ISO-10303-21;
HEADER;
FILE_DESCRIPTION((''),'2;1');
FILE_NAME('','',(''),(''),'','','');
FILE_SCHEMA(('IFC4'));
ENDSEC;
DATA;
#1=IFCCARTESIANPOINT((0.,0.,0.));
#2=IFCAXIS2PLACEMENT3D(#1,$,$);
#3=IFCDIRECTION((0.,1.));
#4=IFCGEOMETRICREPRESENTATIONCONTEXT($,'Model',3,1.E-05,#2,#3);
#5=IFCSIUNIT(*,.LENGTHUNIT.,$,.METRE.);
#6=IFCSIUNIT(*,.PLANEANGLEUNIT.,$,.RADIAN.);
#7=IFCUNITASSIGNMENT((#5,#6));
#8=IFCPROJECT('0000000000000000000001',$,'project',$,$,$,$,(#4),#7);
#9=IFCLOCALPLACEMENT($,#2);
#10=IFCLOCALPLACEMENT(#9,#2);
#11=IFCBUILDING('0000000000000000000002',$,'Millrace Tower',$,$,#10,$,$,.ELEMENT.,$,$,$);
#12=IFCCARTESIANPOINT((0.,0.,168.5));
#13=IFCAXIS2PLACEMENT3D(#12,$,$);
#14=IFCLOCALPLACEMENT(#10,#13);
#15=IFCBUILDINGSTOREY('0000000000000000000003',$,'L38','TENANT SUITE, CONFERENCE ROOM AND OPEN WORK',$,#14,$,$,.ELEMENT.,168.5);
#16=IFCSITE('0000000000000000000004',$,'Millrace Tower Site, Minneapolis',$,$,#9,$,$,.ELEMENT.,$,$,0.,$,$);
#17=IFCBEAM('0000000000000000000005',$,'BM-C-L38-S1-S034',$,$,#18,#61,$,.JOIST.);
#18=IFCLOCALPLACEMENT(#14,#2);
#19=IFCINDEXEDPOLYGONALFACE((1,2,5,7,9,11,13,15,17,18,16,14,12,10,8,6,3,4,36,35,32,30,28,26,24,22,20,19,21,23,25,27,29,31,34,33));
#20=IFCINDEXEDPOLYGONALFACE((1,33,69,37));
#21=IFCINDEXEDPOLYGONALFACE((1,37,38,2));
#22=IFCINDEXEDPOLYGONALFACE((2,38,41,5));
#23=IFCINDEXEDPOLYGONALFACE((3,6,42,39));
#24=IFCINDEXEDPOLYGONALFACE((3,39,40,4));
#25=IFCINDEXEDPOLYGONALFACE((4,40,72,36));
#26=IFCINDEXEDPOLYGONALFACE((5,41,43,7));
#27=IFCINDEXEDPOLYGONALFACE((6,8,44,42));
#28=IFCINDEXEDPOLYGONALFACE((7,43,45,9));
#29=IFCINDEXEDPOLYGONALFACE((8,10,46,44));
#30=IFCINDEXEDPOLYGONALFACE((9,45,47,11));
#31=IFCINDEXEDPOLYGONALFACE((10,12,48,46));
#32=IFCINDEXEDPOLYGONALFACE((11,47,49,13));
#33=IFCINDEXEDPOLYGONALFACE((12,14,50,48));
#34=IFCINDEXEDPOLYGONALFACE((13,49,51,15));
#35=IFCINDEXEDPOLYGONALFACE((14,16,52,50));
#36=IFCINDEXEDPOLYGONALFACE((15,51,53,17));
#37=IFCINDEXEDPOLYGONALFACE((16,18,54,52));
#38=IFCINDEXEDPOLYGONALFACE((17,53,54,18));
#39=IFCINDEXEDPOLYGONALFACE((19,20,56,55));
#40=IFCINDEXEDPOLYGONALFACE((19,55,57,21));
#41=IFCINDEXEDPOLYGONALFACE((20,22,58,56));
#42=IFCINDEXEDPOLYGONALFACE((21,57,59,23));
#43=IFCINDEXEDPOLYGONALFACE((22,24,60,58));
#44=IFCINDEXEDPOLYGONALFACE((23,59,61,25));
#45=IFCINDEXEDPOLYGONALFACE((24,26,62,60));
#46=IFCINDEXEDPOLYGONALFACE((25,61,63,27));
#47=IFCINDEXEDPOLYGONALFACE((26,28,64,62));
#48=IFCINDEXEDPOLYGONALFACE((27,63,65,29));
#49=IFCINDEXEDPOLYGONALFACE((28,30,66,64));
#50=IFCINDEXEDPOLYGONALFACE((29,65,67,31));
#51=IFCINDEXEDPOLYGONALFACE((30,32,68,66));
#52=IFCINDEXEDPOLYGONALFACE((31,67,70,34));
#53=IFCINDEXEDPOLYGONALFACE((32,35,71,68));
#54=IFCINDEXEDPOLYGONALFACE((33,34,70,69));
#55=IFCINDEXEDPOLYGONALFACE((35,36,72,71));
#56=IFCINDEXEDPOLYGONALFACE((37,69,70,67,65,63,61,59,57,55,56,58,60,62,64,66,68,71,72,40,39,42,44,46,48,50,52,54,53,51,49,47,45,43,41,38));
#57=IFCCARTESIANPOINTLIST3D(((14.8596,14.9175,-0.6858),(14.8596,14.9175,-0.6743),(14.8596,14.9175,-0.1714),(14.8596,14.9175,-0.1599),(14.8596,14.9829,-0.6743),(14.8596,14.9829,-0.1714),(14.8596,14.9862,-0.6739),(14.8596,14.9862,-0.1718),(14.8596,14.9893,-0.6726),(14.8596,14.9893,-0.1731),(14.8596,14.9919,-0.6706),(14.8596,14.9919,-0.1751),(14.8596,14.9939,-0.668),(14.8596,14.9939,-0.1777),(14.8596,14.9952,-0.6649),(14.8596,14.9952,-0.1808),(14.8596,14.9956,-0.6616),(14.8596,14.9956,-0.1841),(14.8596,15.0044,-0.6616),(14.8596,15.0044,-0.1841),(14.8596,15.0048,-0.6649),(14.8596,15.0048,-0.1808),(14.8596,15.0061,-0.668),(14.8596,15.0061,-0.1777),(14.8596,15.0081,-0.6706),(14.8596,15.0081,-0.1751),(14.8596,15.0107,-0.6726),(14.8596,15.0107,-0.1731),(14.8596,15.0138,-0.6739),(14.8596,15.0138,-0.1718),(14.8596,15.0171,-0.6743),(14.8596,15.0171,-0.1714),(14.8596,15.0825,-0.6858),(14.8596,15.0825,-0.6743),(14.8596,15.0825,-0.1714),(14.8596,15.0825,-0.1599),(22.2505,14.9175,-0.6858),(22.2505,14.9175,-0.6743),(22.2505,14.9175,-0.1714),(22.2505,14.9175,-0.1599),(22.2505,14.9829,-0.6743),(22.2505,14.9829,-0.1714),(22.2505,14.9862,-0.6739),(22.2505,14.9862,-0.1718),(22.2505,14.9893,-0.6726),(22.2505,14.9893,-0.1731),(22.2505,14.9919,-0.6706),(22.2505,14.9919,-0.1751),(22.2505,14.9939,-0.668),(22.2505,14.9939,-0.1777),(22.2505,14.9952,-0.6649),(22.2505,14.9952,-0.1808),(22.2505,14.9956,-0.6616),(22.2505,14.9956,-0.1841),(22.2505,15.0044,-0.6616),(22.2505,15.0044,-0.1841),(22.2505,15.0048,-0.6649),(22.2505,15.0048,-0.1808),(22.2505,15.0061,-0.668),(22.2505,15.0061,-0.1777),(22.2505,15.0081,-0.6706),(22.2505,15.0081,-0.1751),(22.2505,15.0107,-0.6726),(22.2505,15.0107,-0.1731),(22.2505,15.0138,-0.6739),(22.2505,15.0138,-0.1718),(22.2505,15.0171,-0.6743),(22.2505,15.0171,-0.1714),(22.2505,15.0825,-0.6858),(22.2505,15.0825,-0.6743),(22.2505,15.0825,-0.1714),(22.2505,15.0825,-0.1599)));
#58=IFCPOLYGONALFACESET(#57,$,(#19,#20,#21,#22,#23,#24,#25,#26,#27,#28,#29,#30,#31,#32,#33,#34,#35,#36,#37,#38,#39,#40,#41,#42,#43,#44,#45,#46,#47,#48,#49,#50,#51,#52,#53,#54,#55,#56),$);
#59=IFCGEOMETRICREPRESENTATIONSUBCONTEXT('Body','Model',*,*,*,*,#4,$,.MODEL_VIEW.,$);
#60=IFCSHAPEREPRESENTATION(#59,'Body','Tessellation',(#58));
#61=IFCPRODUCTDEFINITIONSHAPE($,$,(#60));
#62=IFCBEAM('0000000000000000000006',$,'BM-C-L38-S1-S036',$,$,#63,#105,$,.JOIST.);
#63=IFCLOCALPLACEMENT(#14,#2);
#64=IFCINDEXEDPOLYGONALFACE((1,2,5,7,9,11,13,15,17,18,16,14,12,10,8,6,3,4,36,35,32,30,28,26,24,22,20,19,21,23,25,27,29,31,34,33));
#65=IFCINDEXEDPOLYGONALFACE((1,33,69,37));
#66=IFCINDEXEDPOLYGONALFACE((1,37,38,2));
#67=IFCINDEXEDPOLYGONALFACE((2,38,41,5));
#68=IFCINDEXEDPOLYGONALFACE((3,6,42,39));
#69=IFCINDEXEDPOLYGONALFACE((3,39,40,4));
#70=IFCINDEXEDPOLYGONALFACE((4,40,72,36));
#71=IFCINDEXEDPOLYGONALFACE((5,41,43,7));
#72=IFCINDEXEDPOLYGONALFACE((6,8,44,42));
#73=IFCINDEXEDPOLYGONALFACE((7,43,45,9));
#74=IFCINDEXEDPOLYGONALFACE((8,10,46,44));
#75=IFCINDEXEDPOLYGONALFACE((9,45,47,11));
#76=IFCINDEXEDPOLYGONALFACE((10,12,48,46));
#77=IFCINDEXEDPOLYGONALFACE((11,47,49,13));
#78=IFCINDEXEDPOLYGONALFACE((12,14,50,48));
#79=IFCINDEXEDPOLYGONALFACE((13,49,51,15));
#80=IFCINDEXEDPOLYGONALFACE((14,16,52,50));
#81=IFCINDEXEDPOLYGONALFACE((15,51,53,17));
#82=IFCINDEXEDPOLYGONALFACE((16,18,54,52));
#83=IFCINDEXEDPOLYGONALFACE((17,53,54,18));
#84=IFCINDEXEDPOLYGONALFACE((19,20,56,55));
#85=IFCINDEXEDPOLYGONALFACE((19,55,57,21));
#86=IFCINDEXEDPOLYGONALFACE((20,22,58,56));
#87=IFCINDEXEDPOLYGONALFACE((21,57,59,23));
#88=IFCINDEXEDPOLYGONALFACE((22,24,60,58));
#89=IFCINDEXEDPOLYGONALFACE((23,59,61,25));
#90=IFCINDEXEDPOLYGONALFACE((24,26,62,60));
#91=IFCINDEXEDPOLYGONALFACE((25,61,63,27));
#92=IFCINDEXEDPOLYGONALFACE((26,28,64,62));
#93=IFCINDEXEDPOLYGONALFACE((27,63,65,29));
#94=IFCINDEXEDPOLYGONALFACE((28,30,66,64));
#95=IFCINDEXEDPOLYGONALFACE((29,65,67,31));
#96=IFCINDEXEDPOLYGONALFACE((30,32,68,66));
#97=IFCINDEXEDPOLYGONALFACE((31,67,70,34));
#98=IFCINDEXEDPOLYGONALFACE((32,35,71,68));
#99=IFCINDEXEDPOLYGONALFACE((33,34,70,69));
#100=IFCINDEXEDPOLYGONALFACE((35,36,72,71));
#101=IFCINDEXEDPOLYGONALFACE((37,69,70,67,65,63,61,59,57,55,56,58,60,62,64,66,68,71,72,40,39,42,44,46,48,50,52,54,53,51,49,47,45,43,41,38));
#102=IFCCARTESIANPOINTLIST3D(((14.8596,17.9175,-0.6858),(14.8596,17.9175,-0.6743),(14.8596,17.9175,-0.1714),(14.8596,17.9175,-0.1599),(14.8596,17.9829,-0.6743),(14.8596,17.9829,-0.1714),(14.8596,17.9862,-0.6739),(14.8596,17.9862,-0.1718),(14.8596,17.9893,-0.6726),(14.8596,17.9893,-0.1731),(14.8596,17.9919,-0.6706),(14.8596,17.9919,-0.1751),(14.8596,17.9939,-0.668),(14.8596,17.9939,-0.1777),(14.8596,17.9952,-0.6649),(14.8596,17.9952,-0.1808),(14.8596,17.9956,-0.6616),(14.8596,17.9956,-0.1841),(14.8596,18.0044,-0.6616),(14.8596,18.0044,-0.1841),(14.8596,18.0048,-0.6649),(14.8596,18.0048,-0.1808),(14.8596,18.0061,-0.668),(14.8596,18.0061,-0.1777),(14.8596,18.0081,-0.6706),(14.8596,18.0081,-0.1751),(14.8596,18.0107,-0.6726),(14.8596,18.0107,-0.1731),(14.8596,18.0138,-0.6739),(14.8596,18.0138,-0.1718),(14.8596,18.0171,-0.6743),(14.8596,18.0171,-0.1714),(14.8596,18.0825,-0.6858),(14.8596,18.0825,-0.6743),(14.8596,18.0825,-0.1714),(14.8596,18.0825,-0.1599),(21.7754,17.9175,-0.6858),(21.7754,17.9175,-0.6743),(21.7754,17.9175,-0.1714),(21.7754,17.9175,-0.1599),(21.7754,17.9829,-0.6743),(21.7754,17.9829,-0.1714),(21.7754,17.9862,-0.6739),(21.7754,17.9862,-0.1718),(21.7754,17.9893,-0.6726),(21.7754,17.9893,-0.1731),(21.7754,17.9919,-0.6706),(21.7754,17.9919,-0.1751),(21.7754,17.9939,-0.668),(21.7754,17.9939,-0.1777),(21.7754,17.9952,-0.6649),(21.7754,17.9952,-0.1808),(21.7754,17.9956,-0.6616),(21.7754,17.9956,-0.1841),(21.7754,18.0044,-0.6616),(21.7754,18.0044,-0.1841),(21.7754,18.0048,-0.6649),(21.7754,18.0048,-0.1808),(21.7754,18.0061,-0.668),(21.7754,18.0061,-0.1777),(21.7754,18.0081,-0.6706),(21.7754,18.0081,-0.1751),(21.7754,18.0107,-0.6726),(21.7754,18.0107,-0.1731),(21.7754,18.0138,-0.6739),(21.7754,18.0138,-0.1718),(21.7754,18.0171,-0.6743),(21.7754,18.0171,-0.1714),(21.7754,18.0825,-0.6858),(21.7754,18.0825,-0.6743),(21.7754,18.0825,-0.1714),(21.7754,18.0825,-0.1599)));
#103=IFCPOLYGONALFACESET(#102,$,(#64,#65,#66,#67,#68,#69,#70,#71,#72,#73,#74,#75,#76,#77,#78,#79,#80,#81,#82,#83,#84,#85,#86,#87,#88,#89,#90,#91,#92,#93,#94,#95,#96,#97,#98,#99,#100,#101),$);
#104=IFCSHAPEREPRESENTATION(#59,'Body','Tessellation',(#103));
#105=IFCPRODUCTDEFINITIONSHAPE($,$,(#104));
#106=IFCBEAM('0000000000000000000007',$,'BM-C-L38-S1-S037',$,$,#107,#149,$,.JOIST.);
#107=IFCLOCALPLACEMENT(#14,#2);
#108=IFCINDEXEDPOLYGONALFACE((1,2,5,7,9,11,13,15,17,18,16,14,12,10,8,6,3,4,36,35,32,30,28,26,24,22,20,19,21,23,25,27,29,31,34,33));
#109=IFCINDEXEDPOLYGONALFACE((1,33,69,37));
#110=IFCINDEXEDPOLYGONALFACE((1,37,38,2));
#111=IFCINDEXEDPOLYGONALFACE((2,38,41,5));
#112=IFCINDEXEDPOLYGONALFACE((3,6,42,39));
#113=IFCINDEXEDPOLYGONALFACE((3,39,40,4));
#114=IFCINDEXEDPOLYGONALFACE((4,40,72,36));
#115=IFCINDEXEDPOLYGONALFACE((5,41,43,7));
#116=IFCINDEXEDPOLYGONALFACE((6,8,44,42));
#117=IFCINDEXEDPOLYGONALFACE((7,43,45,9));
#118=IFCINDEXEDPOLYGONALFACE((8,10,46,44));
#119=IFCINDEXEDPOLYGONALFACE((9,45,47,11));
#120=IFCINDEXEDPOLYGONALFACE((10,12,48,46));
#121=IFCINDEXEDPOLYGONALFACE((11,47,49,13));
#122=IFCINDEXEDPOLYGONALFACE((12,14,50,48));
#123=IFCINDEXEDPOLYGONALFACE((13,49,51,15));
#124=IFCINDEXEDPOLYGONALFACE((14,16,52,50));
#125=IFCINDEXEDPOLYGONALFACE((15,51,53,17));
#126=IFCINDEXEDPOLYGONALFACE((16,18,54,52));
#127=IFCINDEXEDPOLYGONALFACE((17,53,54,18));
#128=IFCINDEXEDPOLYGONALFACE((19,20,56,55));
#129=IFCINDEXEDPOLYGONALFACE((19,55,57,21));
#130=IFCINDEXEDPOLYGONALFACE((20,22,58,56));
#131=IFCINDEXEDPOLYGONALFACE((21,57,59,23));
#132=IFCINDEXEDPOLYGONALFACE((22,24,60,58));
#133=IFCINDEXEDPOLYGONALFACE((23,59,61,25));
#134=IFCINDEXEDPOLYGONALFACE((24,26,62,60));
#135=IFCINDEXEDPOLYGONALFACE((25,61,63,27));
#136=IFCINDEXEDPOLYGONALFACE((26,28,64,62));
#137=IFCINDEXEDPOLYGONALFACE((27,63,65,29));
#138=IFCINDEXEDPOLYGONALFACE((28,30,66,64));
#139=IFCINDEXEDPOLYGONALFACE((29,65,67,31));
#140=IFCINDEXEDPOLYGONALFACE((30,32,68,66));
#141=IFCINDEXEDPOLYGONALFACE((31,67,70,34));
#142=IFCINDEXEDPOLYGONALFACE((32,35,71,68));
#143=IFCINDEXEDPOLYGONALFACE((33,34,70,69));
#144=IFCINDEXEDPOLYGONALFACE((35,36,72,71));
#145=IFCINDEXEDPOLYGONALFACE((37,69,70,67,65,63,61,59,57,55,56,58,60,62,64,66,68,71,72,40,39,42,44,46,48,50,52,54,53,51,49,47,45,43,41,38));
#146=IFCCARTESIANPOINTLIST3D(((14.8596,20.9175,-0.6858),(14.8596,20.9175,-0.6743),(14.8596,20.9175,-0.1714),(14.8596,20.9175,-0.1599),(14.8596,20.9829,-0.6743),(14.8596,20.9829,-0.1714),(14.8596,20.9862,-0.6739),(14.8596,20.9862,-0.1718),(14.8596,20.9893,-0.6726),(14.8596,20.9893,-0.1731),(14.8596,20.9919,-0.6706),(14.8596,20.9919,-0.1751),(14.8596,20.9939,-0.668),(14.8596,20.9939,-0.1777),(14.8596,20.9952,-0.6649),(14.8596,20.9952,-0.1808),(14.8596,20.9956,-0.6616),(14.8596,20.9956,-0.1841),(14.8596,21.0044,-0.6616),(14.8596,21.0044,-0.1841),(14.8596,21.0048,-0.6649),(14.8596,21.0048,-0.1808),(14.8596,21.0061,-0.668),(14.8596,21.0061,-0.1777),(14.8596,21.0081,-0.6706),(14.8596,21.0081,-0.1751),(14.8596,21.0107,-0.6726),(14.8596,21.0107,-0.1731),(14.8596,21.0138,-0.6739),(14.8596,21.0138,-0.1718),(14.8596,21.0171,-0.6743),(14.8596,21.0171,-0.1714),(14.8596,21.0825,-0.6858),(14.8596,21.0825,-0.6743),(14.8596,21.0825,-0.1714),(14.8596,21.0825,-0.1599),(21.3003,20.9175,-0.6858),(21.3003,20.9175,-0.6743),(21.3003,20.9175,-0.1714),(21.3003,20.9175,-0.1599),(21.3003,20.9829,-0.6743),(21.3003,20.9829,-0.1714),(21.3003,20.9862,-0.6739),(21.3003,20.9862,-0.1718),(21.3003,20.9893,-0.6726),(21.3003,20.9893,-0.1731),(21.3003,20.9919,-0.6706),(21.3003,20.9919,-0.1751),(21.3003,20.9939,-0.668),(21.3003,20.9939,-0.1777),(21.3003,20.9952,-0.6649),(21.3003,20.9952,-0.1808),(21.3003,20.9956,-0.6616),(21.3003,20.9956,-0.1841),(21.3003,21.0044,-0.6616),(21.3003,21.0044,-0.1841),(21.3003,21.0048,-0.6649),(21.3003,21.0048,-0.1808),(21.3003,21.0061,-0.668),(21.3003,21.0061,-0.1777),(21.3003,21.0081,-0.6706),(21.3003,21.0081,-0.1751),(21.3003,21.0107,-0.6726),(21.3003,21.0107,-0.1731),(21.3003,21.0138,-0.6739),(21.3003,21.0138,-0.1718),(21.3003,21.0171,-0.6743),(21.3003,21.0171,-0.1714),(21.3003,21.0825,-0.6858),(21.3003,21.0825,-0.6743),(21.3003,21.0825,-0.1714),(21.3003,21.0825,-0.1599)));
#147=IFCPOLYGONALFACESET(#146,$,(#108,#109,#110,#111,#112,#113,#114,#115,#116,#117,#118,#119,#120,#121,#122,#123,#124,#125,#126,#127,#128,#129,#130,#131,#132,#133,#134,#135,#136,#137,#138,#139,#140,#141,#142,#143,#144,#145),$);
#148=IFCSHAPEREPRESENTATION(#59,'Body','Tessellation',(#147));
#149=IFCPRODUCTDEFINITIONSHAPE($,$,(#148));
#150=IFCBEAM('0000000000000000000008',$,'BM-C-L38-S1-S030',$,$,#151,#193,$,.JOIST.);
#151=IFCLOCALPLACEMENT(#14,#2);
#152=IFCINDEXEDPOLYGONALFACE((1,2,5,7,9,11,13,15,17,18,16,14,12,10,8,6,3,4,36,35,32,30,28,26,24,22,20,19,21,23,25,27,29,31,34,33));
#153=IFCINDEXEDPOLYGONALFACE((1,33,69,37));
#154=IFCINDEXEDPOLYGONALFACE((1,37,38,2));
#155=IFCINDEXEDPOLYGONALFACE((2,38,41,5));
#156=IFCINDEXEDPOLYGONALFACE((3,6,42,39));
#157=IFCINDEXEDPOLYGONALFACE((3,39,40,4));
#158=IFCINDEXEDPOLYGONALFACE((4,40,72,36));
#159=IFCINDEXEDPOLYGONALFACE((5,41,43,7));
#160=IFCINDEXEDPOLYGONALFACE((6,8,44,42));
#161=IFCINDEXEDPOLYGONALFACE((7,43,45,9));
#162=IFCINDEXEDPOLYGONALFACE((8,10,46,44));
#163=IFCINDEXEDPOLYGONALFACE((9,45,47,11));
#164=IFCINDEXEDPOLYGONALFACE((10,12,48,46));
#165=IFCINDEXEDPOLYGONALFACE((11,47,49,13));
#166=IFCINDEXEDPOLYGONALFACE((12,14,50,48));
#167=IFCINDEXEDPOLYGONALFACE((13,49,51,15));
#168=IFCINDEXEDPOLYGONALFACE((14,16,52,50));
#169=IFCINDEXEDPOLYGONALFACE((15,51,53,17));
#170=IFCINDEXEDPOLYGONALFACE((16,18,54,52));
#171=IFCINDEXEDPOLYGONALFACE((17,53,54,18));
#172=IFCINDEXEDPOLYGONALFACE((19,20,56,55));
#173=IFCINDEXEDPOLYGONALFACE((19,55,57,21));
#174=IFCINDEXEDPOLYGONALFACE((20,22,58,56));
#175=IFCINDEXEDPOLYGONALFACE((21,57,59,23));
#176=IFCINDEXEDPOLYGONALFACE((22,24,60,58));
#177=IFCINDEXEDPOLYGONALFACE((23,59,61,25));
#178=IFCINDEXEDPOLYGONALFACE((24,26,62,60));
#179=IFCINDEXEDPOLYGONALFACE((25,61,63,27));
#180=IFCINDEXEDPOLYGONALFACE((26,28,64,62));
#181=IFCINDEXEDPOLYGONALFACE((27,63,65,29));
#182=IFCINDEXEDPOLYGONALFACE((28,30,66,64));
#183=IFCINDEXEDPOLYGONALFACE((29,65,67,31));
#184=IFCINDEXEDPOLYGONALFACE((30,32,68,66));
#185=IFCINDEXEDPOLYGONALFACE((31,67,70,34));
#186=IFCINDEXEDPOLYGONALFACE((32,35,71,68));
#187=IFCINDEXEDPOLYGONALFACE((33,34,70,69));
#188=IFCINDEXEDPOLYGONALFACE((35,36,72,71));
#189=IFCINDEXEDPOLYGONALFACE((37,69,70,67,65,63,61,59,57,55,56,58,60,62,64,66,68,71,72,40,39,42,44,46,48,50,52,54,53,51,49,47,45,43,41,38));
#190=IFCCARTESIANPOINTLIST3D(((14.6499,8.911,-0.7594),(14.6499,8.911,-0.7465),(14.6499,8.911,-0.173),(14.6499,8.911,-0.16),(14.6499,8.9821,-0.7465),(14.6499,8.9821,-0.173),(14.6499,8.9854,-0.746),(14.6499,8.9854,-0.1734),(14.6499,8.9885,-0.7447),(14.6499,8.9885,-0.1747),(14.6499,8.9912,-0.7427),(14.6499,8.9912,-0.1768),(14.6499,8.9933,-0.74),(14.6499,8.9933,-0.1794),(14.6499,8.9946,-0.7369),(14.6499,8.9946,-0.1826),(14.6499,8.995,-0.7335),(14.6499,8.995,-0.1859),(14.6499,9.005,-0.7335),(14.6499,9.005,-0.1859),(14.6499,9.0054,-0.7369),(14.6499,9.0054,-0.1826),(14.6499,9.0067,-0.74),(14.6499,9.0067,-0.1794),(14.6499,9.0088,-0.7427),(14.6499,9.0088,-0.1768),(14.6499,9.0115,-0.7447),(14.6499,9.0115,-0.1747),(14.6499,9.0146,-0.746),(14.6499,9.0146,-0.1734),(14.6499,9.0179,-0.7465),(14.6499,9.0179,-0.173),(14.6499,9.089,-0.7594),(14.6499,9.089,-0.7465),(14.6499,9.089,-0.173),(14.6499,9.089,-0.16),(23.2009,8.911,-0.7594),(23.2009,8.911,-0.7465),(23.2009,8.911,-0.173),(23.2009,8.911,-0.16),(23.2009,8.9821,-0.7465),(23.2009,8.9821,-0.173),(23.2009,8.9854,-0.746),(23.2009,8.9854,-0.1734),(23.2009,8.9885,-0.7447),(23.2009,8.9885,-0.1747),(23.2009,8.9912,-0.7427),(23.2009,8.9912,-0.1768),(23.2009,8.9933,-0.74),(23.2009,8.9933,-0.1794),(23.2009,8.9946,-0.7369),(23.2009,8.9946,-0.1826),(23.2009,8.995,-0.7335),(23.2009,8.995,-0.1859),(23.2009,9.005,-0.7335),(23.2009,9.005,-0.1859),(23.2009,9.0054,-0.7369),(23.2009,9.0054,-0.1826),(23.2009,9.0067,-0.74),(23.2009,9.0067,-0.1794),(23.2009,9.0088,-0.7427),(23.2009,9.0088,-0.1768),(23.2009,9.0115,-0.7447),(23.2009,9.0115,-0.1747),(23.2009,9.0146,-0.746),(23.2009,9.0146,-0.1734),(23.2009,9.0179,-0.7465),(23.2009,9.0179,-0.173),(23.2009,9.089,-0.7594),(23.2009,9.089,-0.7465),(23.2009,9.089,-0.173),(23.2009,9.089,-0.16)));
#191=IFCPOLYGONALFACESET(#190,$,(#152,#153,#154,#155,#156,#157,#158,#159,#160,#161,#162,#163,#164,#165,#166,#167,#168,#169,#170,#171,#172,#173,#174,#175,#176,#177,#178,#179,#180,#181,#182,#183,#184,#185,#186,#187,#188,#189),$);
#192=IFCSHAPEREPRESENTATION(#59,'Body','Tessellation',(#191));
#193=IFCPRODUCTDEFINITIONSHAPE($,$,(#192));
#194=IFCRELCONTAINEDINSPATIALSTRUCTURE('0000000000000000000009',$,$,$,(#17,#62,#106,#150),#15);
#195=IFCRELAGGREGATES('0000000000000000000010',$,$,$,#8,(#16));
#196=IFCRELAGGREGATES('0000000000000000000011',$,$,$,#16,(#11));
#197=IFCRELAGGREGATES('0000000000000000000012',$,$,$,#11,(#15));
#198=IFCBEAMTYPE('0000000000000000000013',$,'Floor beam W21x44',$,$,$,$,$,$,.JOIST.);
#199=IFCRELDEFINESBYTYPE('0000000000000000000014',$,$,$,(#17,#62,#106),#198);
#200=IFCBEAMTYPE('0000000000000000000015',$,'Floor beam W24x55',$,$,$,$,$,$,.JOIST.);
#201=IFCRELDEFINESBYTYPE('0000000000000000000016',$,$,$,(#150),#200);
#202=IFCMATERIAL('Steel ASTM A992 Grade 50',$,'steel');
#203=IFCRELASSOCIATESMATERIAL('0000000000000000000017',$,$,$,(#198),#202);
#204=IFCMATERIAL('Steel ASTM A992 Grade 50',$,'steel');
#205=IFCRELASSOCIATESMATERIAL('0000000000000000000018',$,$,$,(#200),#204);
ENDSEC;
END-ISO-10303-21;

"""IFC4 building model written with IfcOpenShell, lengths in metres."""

from ifc_helpers import new_model, si_unit, direction, frame, origin, origin_2d, place, context, subcontext, project, spatial, i_section, extrude, material, material_profile, profile_set, type_object, element, save


model = new_model("IFC4")

# Units and contexts
model_context = context("Model", 3, precision=1e-05, world=origin(), true_north=direction((0.0, 1.0)))
body_context = subcontext(model_context, "Body", "Model", "MODEL_VIEW")
ifc_project = project(units=[si_unit("LENGTHUNIT", "METRE"), si_unit("PLANEANGLEUNIT", "RADIAN")], contexts=[model_context])

# Site, building, storey
site_placement = place(None, origin())
site = spatial("IfcSite", under=ifc_project, at=site_placement, Name="Millrace Tower Site, Minneapolis", CompositionType="ELEMENT", RefElevation=0.0)
building_placement = place(site_placement, origin())
building = spatial("IfcBuilding", under=site, at=building_placement, Name="Millrace Tower", CompositionType="ELEMENT")
storey_placement = place(building_placement, frame((0.0, 0.0, 168.5)))
storey = spatial("IfcBuildingStorey", under=building, at=storey_placement, Name="L38", Description="TENANT SUITE, CONFERENCE ROOM AND OPEN WORK", CompositionType="ELEMENT", Elevation=168.5)

# Beams
ifc_material_1 = material(Name="Steel ASTM A992 Grade 50", Category="steel")
ifc_material_profile_1 = material_profile(ifc_material_1, i_section(OverallWidth=0.165, OverallDepth=0.5259, WebThickness=0.0088, FlangeThickness=0.0115, FilletRadius=0.0127, at=origin_2d()))
ifc_profile_set_1 = profile_set([ifc_material_profile_1], Name="Steel ASTM A992 Grade 50")
beam_type_1 = type_object("IfcBeamType", Name="Floor beam W21x44", PredefinedType="JOIST", material=ifc_profile_set_1)
beam_1_placement = place(storey_placement, frame((14.8596, 15.0, -0.4229), z_axis=(1.0, 0.0, 0.0), x_axis=(0.0, 1.0, 0.0)))
element("IfcBeam", 1, at=beam_1_placement, inside=storey, type_object=beam_type_1, Name="BM-C-L38-S1-S034", PredefinedType="JOIST", context=body_context, shape_type="SweptSolid", body=[
    extrude(i_section(OverallWidth=0.165, OverallDepth=0.5259, WebThickness=0.0088, FlangeThickness=0.0115, FilletRadius=0.0127, at=origin_2d()), origin(), (0.0, 0.0, 1.0), 7.3909),
])
beam_2_placement = place(storey_placement, frame((14.8596, 18.0, -0.4229), z_axis=(1.0, 0.0, 0.0), x_axis=(0.0, 1.0, 0.0)))
element("IfcBeam", 2, at=beam_2_placement, inside=storey, type_object=beam_type_1, Name="BM-C-L38-S1-S036", PredefinedType="JOIST", context=body_context, shape_type="SweptSolid", body=[
    extrude(i_section(OverallWidth=0.165, OverallDepth=0.5259, WebThickness=0.0088, FlangeThickness=0.0115, FilletRadius=0.0127, at=origin_2d()), origin(), (0.0, 0.0, 1.0), 6.9158),
])
beam_3_placement = place(storey_placement, frame((14.8596, 21.0, -0.4229), z_axis=(1.0, 0.0, 0.0), x_axis=(0.0, 1.0, 0.0)))
element("IfcBeam", 3, at=beam_3_placement, inside=storey, type_object=beam_type_1, Name="BM-C-L38-S1-S037", PredefinedType="JOIST", context=body_context, shape_type="SweptSolid", body=[
    extrude(i_section(OverallWidth=0.165, OverallDepth=0.5259, WebThickness=0.0088, FlangeThickness=0.0115, FilletRadius=0.0127, at=origin_2d()), origin(), (0.0, 0.0, 1.0), 6.4407),
])
ifc_material_2 = material(Name="Steel ASTM A992 Grade 50", Category="steel")
ifc_material_profile_2 = material_profile(ifc_material_2, i_section(OverallWidth=0.178, OverallDepth=0.5994, WebThickness=0.01, FlangeThickness=0.0129, FilletRadius=0.0129, at=origin_2d()))
ifc_profile_set_2 = profile_set([ifc_material_profile_2], Name="Steel ASTM A992 Grade 50")
beam_type_2 = type_object("IfcBeamType", Name="Floor beam W24x55", PredefinedType="JOIST", material=ifc_profile_set_2)
beam_4_placement = place(storey_placement, frame((14.6499, 9.0, -0.4597), z_axis=(1.0, 0.0, 0.0), x_axis=(0.0, 1.0, 0.0)))
element("IfcBeam", 4, at=beam_4_placement, inside=storey, type_object=beam_type_2, Name="BM-C-L38-S1-S030", PredefinedType="JOIST", context=body_context, shape_type="SweptSolid", body=[
    extrude(i_section(OverallWidth=0.178, OverallDepth=0.5994, WebThickness=0.01, FlangeThickness=0.0129, FilletRadius=0.0129, at=origin_2d()), origin(), (0.0, 0.0, 1.0), 8.551),
])

save(model, "model.ifc")
